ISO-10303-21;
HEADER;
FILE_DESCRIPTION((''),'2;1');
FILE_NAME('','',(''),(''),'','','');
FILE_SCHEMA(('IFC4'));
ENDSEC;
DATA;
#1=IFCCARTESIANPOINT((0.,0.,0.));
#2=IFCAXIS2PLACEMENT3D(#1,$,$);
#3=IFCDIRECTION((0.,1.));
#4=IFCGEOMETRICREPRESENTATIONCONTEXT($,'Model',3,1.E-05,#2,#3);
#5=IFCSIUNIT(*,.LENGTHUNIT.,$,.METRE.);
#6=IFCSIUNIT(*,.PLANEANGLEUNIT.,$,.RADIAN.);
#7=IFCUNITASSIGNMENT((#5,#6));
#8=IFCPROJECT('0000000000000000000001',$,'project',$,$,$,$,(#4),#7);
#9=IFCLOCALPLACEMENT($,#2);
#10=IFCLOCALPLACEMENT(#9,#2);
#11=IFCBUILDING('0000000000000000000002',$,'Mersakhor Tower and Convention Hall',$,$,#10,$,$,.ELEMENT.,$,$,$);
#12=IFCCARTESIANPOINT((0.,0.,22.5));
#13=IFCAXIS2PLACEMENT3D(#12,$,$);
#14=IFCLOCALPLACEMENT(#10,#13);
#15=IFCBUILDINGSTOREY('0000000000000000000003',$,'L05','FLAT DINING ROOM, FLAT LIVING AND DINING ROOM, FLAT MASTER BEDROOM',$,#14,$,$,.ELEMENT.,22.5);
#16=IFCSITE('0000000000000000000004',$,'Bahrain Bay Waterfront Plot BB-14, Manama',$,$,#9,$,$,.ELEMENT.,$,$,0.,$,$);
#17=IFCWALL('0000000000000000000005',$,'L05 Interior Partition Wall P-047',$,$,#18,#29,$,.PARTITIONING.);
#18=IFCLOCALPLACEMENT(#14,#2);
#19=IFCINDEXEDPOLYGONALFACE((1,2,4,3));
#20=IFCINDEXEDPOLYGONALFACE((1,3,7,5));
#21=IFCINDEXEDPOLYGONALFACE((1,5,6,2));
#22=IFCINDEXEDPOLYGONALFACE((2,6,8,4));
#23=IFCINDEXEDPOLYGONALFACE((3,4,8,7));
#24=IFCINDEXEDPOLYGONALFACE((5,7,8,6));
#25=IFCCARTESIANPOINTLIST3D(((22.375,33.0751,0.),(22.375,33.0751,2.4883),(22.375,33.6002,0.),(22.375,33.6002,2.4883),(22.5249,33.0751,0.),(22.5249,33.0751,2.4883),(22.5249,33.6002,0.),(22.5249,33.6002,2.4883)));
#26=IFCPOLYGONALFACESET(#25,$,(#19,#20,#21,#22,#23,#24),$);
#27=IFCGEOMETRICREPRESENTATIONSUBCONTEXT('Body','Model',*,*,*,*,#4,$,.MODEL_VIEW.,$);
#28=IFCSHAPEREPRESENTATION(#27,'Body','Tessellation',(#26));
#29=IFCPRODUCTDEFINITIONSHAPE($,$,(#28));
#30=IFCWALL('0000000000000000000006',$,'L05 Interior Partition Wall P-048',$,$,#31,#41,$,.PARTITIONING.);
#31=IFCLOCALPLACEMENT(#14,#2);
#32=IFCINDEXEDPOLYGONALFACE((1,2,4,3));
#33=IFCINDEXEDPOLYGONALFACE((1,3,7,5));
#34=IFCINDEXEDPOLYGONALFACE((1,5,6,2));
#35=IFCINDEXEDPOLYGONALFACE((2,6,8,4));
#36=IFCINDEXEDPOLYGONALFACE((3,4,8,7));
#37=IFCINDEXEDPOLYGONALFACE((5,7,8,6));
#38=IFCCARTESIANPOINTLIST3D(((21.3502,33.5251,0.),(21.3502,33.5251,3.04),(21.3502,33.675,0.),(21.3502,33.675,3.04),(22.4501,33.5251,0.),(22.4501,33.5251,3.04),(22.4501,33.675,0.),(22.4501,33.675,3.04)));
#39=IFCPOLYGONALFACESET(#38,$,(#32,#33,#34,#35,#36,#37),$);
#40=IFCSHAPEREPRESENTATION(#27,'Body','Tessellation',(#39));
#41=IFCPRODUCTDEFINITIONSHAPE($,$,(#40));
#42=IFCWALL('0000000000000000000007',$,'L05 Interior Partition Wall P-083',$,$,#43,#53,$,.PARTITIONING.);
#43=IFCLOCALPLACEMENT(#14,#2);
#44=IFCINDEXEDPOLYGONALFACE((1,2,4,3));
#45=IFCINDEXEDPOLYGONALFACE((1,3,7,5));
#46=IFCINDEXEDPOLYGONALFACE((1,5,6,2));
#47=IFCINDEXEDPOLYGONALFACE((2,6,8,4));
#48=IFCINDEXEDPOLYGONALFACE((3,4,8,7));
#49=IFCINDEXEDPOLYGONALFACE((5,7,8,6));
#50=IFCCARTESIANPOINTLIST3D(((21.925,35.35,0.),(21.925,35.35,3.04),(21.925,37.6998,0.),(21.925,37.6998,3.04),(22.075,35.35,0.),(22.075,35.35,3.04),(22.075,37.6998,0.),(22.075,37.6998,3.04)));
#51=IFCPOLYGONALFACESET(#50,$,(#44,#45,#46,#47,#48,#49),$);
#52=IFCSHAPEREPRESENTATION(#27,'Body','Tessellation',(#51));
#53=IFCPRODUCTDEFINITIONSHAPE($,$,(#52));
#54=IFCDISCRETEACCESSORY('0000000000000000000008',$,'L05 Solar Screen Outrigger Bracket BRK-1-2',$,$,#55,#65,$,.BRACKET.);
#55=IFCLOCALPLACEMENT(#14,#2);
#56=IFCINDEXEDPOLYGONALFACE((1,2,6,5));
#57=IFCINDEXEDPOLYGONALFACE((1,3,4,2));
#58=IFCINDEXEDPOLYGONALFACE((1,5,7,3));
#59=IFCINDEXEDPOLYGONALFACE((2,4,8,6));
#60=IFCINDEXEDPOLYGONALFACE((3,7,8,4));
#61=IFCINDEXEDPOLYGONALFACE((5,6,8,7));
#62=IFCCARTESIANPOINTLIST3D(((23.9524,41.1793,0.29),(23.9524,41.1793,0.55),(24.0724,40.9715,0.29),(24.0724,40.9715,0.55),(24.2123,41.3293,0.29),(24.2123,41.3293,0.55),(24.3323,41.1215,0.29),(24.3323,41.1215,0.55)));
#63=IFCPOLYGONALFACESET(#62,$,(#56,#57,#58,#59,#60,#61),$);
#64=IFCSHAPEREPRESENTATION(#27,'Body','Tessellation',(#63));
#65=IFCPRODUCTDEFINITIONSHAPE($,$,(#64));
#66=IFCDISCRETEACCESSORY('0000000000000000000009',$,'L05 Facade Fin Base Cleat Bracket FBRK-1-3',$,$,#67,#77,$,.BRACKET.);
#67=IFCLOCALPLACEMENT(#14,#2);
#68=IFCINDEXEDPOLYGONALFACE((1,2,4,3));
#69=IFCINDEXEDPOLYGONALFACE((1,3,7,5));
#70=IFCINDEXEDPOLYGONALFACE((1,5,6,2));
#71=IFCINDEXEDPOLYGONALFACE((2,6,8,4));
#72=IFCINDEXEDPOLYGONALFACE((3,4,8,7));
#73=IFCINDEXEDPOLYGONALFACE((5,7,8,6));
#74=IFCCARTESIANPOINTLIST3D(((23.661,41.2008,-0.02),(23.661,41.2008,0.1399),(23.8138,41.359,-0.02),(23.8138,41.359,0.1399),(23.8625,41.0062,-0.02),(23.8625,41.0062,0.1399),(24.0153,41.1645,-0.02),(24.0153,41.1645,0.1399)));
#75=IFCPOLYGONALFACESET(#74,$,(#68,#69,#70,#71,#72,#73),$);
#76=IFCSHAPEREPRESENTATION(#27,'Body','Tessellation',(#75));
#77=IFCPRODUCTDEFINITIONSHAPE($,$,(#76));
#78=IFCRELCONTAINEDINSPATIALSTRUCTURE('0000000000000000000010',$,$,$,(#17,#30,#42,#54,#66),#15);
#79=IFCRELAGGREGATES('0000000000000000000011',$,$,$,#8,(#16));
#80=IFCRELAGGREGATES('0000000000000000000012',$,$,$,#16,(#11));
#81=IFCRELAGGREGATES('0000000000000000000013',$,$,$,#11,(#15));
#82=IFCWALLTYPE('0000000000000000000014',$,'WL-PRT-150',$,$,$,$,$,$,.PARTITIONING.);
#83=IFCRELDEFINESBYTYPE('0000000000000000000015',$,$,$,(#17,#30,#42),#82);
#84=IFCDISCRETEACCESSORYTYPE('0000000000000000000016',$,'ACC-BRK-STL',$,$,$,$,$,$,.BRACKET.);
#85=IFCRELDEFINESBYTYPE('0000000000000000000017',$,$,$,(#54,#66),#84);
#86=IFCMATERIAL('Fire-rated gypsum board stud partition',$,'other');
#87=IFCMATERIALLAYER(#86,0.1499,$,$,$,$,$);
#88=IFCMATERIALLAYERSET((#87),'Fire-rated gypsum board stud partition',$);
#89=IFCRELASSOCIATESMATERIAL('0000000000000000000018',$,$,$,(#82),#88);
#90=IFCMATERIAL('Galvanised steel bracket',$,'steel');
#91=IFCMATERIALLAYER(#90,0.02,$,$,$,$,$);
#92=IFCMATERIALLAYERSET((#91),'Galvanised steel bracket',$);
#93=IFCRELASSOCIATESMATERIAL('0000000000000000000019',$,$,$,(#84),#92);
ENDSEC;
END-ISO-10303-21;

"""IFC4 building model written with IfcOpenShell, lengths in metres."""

from ifc_helpers import new_model, si_unit, direction, frame, frame_2d, origin, origin_2d, place, context, subcontext, project, spatial, rectangle, extrude, material, layer, layer_set, type_object, element, save


model = new_model("IFC4")

# Units and contexts
model_context = context("Model", 3, precision=1e-05, world=origin(), true_north=direction((0.0, 1.0)))
body_context = subcontext(model_context, "Body", "Model", "MODEL_VIEW")
ifc_project = project(units=[si_unit("LENGTHUNIT", "METRE"), si_unit("PLANEANGLEUNIT", "RADIAN")], contexts=[model_context])

# Site, building, storey
site_placement = place(None, origin())
site = spatial("IfcSite", under=ifc_project, at=site_placement, Name="Bahrain Bay Waterfront Plot BB-14, Manama", CompositionType="ELEMENT", RefElevation=0.0)
building_placement = place(site_placement, origin())
building = spatial("IfcBuilding", under=site, at=building_placement, Name="Mersakhor Tower and Convention Hall", CompositionType="ELEMENT")
storey_placement = place(building_placement, frame((0.0, 0.0, 22.5)))
storey = spatial("IfcBuildingStorey", under=building, at=storey_placement, Name="L05", Description="FLAT DINING ROOM, FLAT LIVING AND DINING ROOM, FLAT MASTER BEDROOM", CompositionType="ELEMENT", Elevation=22.5)

# Shared definitions
ifc_material_1 = material(Name="Fire-rated gypsum board stud partition", Category="other")
ifc_layer_1 = layer(ifc_material_1, 0.1499)
ifc_layer_set_1 = layer_set([ifc_layer_1], Name="Fire-rated gypsum board stud partition")
wall_type_1 = type_object("IfcWallType", Name="WL-PRT-150", PredefinedType="PARTITIONING", material=ifc_layer_set_1)

# Walls
wall_1_placement = place(storey_placement, frame((22.45, 33.075, 0.0), z_axis=(0.0, 0.0, 1.0), x_axis=(0.0, 1.0, 0.0)))
element("IfcWall", 1, at=wall_1_placement, inside=storey, type_object=wall_type_1, Name="L05 Interior Partition Wall P-047", PredefinedType="PARTITIONING", context=body_context, shape_type="SweptSolid", body=[
    extrude(rectangle(XDim=0.5251, YDim=0.1499, at=frame_2d((0.2627, 0.0))), origin(), (0.0, 0.0, 1.0), 2.4883),
])
wall_2_placement = place(storey_placement, frame((22.45, 33.6001, 0.0), z_axis=(0.0, 0.0, 1.0), x_axis=(-1.0, 0.0, 0.0)))
element("IfcWall", 2, at=wall_2_placement, inside=storey, type_object=wall_type_1, Name="L05 Interior Partition Wall P-048", PredefinedType="PARTITIONING", context=body_context, shape_type="SweptSolid", body=[
    extrude(rectangle(XDim=1.0999, YDim=0.1499, at=frame_2d((0.5498, 0.0))), origin(), (0.0, 0.0, 1.0), 3.04),
])
wall_3_placement = place(storey_placement, frame((22.0, 35.3501, 0.0), z_axis=(0.0, 0.0, 1.0), x_axis=(0.0, 1.0, 0.0)))
element("IfcWall", 3, at=wall_3_placement, inside=storey, type_object=wall_type_1, Name="L05 Interior Partition Wall P-083", PredefinedType="PARTITIONING", context=body_context, shape_type="SweptSolid", body=[
    extrude(rectangle(XDim=2.3499, YDim=0.1499, at=frame_2d((1.1748, 0.0))), origin(), (0.0, 0.0, 1.0), 3.04),
])

# Discrete accessories
ifc_material_2 = material(Name="Galvanised steel bracket", Category="steel")
ifc_layer_2 = layer(ifc_material_2, 0.02)
ifc_layer_set_2 = layer_set([ifc_layer_2], Name="Galvanised steel bracket")
discrete_accessory_type = type_object("IfcDiscreteAccessoryType", Name="ACC-BRK-STL", PredefinedType="BRACKET", material=ifc_layer_set_2)
discrete_accessory_1_placement = place(storey_placement, frame((24.1423, 41.1504, 0.29), z_axis=(0.0, 0.0, 1.0), x_axis=(0.866025, 0.5, 0.0)))
element("IfcDiscreteAccessory", 4, at=discrete_accessory_1_placement, inside=storey, type_object=discrete_accessory_type, Name="L05 Solar Screen Outrigger Bracket BRK-1-2", PredefinedType="BRACKET", context=body_context, shape_type="SweptSolid", body=[
    extrude(rectangle(XDim=0.3, YDim=0.24, at=origin_2d()), origin(), (0.0, 0.0, 1.0), 0.26),
])
discrete_accessory_2_placement = place(storey_placement, frame((23.8381, 41.1826, -0.02), z_axis=(0.0, 0.0, 1.0), x_axis=(-0.71934, 0.694658, 0.0)))
element("IfcDiscreteAccessory", 5, at=discrete_accessory_2_placement, inside=storey, type_object=discrete_accessory_type, Name="L05 Facade Fin Base Cleat Bracket FBRK-1-3", PredefinedType="BRACKET", context=body_context, shape_type="SweptSolid", body=[
    extrude(rectangle(XDim=0.28, YDim=0.22, at=origin_2d()), origin(), (0.0, 0.0, 1.0), 0.1599),
])

save(model, "model.ifc")
